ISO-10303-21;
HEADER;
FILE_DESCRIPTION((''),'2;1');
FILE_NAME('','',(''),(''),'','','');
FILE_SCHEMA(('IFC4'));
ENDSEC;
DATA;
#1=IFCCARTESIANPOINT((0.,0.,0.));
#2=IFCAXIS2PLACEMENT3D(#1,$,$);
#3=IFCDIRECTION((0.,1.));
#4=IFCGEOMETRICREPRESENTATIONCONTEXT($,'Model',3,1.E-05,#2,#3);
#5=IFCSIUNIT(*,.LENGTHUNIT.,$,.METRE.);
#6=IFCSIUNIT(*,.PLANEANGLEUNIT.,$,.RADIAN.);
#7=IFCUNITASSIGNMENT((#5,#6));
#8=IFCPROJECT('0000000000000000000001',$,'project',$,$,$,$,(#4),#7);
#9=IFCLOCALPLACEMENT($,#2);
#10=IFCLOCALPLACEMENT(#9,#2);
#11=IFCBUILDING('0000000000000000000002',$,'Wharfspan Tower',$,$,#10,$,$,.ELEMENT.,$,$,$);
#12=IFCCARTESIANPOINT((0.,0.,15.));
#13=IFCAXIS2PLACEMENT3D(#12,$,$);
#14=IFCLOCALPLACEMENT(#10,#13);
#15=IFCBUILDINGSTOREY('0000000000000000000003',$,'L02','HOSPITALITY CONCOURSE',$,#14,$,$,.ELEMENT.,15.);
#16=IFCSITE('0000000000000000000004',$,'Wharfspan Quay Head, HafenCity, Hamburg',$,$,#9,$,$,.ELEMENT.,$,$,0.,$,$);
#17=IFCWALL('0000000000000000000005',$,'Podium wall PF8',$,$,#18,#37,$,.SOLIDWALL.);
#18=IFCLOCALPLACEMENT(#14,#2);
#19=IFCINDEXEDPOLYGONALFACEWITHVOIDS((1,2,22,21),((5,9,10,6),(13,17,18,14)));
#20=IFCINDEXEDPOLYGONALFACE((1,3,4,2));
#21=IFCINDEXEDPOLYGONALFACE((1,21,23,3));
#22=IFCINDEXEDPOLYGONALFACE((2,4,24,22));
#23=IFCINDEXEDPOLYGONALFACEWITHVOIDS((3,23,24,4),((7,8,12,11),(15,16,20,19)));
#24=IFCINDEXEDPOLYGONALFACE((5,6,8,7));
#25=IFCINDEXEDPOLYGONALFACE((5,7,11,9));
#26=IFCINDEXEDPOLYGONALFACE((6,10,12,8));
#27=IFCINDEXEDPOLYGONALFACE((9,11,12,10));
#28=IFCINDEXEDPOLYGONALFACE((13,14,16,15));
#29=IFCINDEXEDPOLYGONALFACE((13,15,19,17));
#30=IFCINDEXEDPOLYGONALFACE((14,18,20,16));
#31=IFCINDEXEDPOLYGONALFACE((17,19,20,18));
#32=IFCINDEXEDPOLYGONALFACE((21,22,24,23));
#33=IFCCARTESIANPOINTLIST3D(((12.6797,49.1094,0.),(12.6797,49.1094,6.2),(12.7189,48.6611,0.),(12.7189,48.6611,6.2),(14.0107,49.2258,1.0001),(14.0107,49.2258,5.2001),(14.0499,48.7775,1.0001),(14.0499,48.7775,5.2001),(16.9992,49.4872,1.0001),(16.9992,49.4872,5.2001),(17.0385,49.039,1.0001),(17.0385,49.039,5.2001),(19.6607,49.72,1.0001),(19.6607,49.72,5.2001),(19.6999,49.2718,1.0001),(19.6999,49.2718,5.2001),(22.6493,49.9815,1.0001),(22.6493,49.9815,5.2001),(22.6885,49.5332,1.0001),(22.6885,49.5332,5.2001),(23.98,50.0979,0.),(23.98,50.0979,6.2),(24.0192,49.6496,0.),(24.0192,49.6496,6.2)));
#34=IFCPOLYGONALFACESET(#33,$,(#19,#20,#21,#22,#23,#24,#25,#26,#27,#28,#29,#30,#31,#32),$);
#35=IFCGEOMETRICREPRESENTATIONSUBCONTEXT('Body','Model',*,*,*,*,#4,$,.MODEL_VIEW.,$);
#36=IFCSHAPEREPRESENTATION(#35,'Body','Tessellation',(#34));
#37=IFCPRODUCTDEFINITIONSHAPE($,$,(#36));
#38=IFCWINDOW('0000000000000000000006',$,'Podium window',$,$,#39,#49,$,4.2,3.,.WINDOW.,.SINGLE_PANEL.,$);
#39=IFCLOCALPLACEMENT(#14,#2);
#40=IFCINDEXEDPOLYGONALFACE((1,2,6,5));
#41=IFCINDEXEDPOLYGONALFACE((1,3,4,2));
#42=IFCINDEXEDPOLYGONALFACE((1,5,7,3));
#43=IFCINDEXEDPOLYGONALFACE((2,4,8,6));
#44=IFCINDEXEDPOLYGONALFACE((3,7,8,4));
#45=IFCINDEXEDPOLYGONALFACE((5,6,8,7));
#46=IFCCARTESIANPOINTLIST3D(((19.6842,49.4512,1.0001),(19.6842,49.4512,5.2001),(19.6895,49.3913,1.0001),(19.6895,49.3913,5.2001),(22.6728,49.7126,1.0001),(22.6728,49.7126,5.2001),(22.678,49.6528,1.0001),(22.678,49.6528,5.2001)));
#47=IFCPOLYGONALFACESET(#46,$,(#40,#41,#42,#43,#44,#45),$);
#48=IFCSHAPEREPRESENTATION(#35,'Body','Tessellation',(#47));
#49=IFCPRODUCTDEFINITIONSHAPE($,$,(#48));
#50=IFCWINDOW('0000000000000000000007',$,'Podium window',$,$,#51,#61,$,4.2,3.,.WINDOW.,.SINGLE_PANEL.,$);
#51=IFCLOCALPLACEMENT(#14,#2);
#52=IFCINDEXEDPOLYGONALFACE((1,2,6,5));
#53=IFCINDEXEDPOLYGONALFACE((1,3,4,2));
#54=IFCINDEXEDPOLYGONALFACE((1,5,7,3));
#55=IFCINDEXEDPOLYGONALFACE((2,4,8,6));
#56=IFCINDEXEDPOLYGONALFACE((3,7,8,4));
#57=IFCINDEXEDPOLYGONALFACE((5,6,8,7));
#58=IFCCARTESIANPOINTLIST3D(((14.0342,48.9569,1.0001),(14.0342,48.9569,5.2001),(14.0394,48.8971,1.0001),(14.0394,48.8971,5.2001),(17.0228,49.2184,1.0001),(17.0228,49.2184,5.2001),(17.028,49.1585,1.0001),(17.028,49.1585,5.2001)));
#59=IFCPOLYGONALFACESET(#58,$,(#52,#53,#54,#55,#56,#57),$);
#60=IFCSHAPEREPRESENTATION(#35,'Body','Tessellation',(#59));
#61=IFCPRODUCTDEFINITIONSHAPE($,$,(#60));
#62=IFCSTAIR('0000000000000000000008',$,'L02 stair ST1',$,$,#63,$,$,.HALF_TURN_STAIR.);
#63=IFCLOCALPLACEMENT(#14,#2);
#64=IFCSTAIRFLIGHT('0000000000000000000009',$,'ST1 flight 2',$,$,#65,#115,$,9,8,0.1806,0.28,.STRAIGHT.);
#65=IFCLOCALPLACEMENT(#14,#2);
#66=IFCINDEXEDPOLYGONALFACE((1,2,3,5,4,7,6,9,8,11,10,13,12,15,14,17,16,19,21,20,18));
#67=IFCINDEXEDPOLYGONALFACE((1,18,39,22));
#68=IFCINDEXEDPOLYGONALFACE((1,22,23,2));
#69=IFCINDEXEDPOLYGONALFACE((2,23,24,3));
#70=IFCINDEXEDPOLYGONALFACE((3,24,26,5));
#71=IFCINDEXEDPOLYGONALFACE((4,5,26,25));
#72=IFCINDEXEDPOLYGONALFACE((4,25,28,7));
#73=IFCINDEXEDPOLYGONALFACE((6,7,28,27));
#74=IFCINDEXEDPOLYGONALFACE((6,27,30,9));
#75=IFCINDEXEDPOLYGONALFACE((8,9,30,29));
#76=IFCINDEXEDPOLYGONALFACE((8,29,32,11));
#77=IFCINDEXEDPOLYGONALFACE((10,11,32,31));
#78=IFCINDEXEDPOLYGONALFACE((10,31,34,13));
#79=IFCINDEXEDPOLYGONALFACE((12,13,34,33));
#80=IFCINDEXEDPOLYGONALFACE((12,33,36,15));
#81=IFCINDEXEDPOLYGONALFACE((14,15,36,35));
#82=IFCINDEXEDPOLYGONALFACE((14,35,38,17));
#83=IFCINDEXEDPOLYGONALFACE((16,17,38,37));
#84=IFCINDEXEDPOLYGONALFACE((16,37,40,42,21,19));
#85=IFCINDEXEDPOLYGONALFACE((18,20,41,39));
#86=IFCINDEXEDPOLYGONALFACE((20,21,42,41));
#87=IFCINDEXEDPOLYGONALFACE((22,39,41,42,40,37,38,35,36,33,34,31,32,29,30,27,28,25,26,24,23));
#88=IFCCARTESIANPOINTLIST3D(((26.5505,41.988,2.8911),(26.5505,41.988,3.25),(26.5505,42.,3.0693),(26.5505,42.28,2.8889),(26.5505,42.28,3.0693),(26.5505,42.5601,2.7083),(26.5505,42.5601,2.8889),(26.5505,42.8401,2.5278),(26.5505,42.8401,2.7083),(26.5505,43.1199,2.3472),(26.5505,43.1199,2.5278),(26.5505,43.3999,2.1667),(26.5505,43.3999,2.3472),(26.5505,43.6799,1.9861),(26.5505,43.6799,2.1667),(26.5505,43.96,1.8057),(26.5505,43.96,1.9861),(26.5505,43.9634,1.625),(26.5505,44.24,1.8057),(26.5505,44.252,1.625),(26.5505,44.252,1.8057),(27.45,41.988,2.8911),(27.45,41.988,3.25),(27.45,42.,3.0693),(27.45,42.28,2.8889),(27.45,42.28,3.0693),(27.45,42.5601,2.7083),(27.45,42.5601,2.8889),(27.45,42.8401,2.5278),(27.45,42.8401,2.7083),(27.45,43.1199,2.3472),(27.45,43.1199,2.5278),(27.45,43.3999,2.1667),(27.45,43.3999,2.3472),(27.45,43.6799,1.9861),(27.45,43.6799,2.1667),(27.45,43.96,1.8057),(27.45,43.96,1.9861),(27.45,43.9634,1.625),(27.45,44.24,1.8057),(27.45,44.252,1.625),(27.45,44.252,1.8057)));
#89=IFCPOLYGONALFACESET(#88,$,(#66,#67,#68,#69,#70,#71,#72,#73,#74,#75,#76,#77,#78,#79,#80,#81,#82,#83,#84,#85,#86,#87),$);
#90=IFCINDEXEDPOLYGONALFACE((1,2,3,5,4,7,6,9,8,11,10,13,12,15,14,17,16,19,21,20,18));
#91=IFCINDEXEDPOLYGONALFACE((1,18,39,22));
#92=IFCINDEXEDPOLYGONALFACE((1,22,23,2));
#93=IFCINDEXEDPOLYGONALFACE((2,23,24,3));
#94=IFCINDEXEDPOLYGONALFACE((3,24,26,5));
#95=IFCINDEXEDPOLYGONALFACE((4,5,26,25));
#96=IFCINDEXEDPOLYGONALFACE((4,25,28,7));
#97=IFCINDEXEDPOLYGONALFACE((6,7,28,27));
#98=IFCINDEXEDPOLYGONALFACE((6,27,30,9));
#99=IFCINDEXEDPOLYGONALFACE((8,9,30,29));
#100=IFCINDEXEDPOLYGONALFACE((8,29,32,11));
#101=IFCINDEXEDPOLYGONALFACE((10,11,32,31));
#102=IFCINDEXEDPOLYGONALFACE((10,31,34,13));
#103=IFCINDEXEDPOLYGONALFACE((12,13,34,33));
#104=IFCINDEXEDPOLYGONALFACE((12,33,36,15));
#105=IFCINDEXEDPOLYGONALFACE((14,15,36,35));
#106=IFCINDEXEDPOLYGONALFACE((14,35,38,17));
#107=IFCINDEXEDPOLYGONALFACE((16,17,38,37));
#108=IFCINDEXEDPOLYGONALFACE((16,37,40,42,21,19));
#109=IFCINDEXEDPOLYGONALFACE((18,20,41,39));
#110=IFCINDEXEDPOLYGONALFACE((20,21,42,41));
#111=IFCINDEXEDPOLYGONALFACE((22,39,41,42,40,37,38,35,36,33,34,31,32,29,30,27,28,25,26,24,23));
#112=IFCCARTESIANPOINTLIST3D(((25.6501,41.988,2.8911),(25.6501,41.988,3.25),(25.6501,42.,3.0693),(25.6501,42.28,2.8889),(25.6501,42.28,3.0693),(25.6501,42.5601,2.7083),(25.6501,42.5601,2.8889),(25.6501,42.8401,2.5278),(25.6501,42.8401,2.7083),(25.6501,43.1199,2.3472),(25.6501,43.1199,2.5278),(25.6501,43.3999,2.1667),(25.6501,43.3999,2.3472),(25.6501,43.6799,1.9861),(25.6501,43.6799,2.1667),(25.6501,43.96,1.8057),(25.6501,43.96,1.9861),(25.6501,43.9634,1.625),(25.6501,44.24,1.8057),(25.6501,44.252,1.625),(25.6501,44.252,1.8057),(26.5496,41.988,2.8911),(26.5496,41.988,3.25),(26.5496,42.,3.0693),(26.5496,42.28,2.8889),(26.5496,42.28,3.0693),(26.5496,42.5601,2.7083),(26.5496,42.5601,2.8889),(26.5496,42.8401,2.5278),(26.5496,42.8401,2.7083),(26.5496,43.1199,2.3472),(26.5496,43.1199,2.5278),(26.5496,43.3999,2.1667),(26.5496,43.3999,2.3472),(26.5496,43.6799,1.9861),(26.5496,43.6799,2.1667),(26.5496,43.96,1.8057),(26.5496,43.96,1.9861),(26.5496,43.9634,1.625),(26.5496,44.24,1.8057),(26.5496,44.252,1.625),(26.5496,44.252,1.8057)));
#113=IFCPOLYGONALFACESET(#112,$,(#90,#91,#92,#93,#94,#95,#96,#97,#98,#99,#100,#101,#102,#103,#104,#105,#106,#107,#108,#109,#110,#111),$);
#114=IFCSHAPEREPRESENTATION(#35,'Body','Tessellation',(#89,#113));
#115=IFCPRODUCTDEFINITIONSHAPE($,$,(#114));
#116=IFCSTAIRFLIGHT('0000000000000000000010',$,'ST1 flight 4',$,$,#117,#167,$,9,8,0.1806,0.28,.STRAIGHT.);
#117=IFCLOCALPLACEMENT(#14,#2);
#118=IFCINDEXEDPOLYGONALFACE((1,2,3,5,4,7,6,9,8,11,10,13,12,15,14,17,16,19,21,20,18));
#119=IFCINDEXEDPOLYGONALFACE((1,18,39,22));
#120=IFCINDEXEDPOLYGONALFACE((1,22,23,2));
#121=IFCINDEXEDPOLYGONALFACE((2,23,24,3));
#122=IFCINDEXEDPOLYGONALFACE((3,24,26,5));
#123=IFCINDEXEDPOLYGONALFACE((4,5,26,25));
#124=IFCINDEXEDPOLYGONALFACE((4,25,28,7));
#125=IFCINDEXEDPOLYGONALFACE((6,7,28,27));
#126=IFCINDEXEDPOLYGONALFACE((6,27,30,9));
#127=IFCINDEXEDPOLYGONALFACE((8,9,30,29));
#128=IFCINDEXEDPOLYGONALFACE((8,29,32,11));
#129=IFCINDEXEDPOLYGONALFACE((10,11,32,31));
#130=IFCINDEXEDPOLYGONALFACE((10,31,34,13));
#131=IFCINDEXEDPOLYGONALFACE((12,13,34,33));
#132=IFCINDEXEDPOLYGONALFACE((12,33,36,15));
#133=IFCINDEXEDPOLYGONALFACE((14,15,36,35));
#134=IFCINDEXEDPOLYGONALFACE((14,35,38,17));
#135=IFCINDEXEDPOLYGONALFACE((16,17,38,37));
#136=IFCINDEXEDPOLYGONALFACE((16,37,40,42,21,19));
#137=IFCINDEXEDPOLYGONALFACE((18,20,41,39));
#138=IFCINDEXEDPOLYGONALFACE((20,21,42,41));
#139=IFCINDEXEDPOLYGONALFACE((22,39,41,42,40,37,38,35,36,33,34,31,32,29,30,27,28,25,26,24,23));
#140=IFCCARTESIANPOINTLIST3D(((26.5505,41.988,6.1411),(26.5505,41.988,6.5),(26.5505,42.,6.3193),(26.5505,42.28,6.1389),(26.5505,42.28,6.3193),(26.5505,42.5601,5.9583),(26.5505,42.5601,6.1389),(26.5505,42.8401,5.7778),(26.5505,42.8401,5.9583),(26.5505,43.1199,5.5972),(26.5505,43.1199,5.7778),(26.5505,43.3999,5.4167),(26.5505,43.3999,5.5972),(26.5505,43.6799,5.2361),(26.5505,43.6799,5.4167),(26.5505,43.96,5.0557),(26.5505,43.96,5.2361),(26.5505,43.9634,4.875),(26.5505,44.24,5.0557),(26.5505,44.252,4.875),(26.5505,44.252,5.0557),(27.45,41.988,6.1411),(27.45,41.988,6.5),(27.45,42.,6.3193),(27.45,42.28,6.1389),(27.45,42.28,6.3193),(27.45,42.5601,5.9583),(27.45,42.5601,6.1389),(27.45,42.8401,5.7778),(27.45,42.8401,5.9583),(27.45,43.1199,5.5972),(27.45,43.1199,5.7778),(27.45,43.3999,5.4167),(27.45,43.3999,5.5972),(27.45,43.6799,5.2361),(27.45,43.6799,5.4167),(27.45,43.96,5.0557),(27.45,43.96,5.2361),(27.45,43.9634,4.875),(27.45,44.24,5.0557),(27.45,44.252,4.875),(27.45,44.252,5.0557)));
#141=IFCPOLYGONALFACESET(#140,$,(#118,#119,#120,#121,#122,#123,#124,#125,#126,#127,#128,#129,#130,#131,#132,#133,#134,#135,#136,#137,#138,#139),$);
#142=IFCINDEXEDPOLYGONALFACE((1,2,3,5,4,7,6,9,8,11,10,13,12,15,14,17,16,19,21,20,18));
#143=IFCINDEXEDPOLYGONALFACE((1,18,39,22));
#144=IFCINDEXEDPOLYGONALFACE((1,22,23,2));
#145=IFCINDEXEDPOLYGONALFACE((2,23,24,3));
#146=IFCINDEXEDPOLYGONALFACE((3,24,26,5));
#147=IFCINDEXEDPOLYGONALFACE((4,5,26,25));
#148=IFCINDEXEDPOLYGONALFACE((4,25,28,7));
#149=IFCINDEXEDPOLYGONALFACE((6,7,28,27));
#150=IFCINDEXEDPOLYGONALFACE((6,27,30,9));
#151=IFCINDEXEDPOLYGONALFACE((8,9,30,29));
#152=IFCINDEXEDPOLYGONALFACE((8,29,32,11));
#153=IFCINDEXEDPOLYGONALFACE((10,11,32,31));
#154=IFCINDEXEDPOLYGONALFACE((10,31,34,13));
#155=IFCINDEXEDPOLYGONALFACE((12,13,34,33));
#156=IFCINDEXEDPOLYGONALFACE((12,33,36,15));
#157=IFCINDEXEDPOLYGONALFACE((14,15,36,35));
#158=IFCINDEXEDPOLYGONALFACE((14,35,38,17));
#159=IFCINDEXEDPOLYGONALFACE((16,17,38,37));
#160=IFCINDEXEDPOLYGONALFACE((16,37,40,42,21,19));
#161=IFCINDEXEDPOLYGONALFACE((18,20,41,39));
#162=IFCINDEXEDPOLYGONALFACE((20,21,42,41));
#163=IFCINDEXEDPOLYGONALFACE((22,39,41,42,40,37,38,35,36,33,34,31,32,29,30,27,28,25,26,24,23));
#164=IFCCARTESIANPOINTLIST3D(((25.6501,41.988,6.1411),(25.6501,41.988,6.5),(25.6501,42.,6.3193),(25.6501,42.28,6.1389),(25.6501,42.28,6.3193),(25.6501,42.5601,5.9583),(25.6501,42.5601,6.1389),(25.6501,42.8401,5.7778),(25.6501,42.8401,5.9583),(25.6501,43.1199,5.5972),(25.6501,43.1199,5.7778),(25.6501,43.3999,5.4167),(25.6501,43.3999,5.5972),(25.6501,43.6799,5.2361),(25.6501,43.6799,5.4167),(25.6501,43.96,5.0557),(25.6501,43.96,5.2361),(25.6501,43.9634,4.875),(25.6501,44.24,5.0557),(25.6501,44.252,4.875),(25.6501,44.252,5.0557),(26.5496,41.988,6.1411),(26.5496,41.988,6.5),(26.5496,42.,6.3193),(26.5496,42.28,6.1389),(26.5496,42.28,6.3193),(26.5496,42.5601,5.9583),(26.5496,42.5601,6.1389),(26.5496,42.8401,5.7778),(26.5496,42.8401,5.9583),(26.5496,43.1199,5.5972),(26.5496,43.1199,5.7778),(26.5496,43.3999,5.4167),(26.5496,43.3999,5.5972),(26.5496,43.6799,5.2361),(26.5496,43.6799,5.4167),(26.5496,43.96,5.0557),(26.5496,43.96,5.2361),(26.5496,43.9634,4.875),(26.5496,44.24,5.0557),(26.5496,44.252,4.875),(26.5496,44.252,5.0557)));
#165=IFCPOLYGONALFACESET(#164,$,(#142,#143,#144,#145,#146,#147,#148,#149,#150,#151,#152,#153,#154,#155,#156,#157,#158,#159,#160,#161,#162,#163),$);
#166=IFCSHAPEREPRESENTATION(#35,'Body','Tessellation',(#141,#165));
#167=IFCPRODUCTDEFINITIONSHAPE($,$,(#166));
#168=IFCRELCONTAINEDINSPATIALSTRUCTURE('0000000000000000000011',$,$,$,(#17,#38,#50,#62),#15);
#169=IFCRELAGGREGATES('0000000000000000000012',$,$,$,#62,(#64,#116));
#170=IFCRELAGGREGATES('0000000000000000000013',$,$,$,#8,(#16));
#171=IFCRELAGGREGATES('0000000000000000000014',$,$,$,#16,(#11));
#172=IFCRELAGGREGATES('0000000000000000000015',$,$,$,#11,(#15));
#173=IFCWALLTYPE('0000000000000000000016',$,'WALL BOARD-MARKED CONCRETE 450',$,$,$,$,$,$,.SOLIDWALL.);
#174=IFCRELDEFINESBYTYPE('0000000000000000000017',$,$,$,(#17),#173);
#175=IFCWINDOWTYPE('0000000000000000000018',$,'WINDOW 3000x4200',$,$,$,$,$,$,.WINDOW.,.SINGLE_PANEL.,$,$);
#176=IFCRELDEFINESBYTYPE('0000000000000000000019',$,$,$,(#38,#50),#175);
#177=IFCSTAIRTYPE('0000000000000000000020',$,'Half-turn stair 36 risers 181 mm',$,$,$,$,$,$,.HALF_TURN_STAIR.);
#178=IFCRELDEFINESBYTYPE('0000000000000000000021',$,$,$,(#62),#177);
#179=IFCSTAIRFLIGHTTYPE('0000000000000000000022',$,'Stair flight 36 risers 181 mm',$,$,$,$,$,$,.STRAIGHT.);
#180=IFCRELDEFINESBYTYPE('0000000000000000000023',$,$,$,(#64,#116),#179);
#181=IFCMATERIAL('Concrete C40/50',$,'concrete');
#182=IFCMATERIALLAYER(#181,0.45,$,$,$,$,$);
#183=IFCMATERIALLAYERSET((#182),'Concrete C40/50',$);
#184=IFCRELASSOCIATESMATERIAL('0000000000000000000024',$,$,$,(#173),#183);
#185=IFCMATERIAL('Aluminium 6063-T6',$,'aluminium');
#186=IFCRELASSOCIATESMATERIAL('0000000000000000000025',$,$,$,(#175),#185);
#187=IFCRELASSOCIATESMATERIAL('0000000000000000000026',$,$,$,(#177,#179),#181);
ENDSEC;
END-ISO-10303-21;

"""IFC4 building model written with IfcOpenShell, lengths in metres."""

from ifc_helpers import new_model, si_unit, direction, frame, frame_2d, origin, place, context, subcontext, project, spatial, polyline, rectangle, outline, extrude, material, layer, layer_set, type_object, element, fill, aggregate, save


model = new_model("IFC4")

# Units and contexts
model_context = context("Model", 3, precision=1e-05, world=origin(), true_north=direction((0.0, 1.0)))
body_context = subcontext(model_context, "Body", "Model", "MODEL_VIEW")
ifc_project = project(units=[si_unit("LENGTHUNIT", "METRE"), si_unit("PLANEANGLEUNIT", "RADIAN")], contexts=[model_context])

# Site, building, storey
site_placement = place(None, origin())
site = spatial("IfcSite", under=ifc_project, at=site_placement, Name="Wharfspan Quay Head, HafenCity, Hamburg", CompositionType="ELEMENT", RefElevation=0.0)
building_placement = place(site_placement, origin())
building = spatial("IfcBuilding", under=site, at=building_placement, Name="Wharfspan Tower", CompositionType="ELEMENT")
storey_placement = place(building_placement, frame((0.0, 0.0, 15.0)))
storey = spatial("IfcBuildingStorey", under=building, at=storey_placement, Name="L02", Description="HOSPITALITY CONCOURSE", CompositionType="ELEMENT", Elevation=15.0)

# Shared definitions
ifc_material_1 = material(Name="Concrete C40/50", Category="concrete")

# Wall, openings, windows
ifc_layer_1 = layer(ifc_material_1, 0.45)
ifc_layer_set_1 = layer_set([ifc_layer_1], Name="Concrete C40/50")
wall_type_1 = type_object("IfcWallType", Name="WALL BOARD-MARKED CONCRETE 450", PredefinedType="SOLIDWALL", material=ifc_layer_set_1)
wall_1_placement = place(storey_placement, frame((23.9998, 49.8738, 0.0), z_axis=(0.0, 0.0, 1.0), x_axis=(-0.996195, -0.087145, 0.0)))
wall_1 = element("IfcWall", 1, at=wall_1_placement, inside=storey, type_object=wall_type_1, Name="Podium wall PF8", PredefinedType="SOLIDWALL", context=body_context, shape_type="SweptSolid", body=[
    extrude(rectangle(XDim=11.3435, YDim=0.45, at=frame_2d((5.6719, 0.0))), origin(), (0.0, 0.0, 1.0), 6.2),
])
opening_1_placement = place(wall_1_placement, frame((1.3359, 0.0, 1.0)))
opening_1 = element("IfcOpeningElement", 2, at=opening_1_placement, cuts=wall_1, PredefinedType="OPENING", context=body_context, shape_type="SweptSolid", body=[
    extrude(rectangle(XDim=3.0, YDim=4.2, at=frame_2d((1.5, 2.1001))), frame((0.0, 0.2349, 0.0), z_axis=(0.0, -1.0, 0.0), x_axis=(1.0, 0.0, 0.0)), (0.0, 0.0, 1.0), 0.47),
])
opening_2_placement = place(wall_1_placement, frame((7.0076, 0.0, 1.0)))
opening_2 = element("IfcOpeningElement", 3, at=opening_2_placement, cuts=wall_1, PredefinedType="OPENING", context=body_context, shape_type="SweptSolid", body=[
    extrude(rectangle(XDim=3.0, YDim=4.2, at=frame_2d((1.5, 2.1001))), frame((0.0, 0.2349, 0.0), z_axis=(0.0, -1.0, 0.0), x_axis=(1.0, 0.0, 0.0)), (0.0, 0.0, 1.0), 0.47),
])
ifc_material_2 = material(Name="Aluminium 6063-T6", Category="aluminium")
window_type = type_object("IfcWindowType", Name="WINDOW 3000x4200", PartitioningType="SINGLE_PANEL", PredefinedType="WINDOW", material=ifc_material_2)
window_1_placement = place(opening_1_placement, origin())
window_1 = element("IfcWindow", 4, at=window_1_placement, inside=storey, type_object=window_type, Name="Podium window", OverallHeight=4.2, OverallWidth=3.0, PartitioningType="SINGLE_PANEL", PredefinedType="WINDOW", context=body_context, shape_type="SweptSolid", body=[
    extrude(rectangle(XDim=3.0, YDim=4.2, at=frame_2d((1.5, 2.1001))), frame((0.0, 0.105, 0.0), z_axis=(0.0, -1.0, 0.0), x_axis=(1.0, 0.0, 0.0)), (0.0, 0.0, 1.0), 0.0601),
])
fill(opening_1, window_1)
window_2_placement = place(opening_2_placement, origin())
window_2 = element("IfcWindow", 5, at=window_2_placement, inside=storey, type_object=window_type, Name="Podium window", OverallHeight=4.2, OverallWidth=3.0, PartitioningType="SINGLE_PANEL", PredefinedType="WINDOW", context=body_context, shape_type="SweptSolid", body=[
    extrude(rectangle(XDim=3.0, YDim=4.2, at=frame_2d((1.5, 2.1001))), frame((0.0, 0.105, 0.0), z_axis=(0.0, -1.0, 0.0), x_axis=(1.0, 0.0, 0.0)), (0.0, 0.0, 1.0), 0.0601),
])
fill(opening_2, window_2)

# Stair, stair flights
stair_type = type_object("IfcStairType", Name="Half-turn stair 36 risers 181 mm", PredefinedType="HALF_TURN_STAIR", material=ifc_material_1)
stair_placement = place(storey_placement, origin())
stair = element("IfcStair", 6, at=stair_placement, inside=storey, type_object=stair_type, Name="L02 stair ST1", PredefinedType="HALF_TURN_STAIR")
stair_flight_type = type_object("IfcStairFlightType", Name="Stair flight 36 risers 181 mm", PredefinedType="STRAIGHT", material=ifc_material_1)
stair_flight_1_placement = place(storey_placement, frame((26.55, 44.24, 1.625), z_axis=(0.0, 0.0, 1.0), x_axis=(0.0, -1.0, 0.0)))
stair_flight_1 = element("IfcStairFlight", 7, at=stair_flight_1_placement, type_object=stair_flight_type, Name="ST1 flight 2", NumberOfRisers=9, NumberOfTreads=8, PredefinedType="STRAIGHT", RiserHeight=0.1806, TreadLength=0.28, context=body_context, shape_type="SweptSolid", body=[
    extrude(outline(polyline([(-0.012, 0.0), (-0.012, 0.1807), (0.0, 0.1807), (0.28, 0.1807), (0.28, 0.3611), (0.5601, 0.3611), (0.5601, 0.5417), (0.8401, 0.5417), (0.8401, 0.7222), (1.1201, 0.7222), (1.1201, 0.9028), (1.3999, 0.9028), (1.3999, 1.0833), (1.6799, 1.0833), (1.6799, 1.2639), (1.96, 1.2639), (1.96, 1.4443), (2.24, 1.4443), (2.252, 1.625), (2.252, 1.2661), (0.2766, 0.0), (-0.012, 0.0)])), frame((0.0, 0.8999, 0.0), z_axis=(0.0, -1.0, 0.0), x_axis=(1.0, 0.0, 0.0)), (0.0, 0.0, 1.0), 0.8994),
    extrude(outline(polyline([(-0.012, 0.0), (-0.012, 0.1807), (0.0, 0.1807), (0.28, 0.1807), (0.28, 0.3611), (0.5601, 0.3611), (0.5601, 0.5417), (0.8401, 0.5417), (0.8401, 0.7222), (1.1201, 0.7222), (1.1201, 0.9028), (1.3999, 0.9028), (1.3999, 1.0833), (1.6799, 1.0833), (1.6799, 1.2639), (1.96, 1.2639), (1.96, 1.4443), (2.24, 1.4443), (2.252, 1.625), (2.252, 1.2661), (0.2766, 0.0), (-0.012, 0.0)])), frame((0.0, -0.0005, 0.0), z_axis=(0.0, -1.0, 0.0), x_axis=(1.0, 0.0, 0.0)), (0.0, 0.0, 1.0), 0.8994),
])
stair_flight_2_placement = place(storey_placement, frame((26.55, 44.24, 4.875), z_axis=(0.0, 0.0, 1.0), x_axis=(0.0, -1.0, 0.0)))
stair_flight_2 = element("IfcStairFlight", 8, at=stair_flight_2_placement, type_object=stair_flight_type, Name="ST1 flight 4", NumberOfRisers=9, NumberOfTreads=8, PredefinedType="STRAIGHT", RiserHeight=0.1806, TreadLength=0.28, context=body_context, shape_type="SweptSolid", body=[
    extrude(outline(polyline([(-0.012, 0.0), (-0.012, 0.1807), (0.0, 0.1807), (0.28, 0.1807), (0.28, 0.3611), (0.5601, 0.3611), (0.5601, 0.5417), (0.8401, 0.5417), (0.8401, 0.7222), (1.1201, 0.7222), (1.1201, 0.9028), (1.3999, 0.9028), (1.3999, 1.0833), (1.6799, 1.0833), (1.6799, 1.2639), (1.96, 1.2639), (1.96, 1.4443), (2.24, 1.4443), (2.252, 1.625), (2.252, 1.2661), (0.2766, 0.0), (-0.012, 0.0)])), frame((0.0, 0.8999, 0.0), z_axis=(0.0, -1.0, 0.0), x_axis=(1.0, 0.0, 0.0)), (0.0, 0.0, 1.0), 0.8994),
    extrude(outline(polyline([(-0.012, 0.0), (-0.012, 0.1807), (0.0, 0.1807), (0.28, 0.1807), (0.28, 0.3611), (0.5601, 0.3611), (0.5601, 0.5417), (0.8401, 0.5417), (0.8401, 0.7222), (1.1201, 0.7222), (1.1201, 0.9028), (1.3999, 0.9028), (1.3999, 1.0833), (1.6799, 1.0833), (1.6799, 1.2639), (1.96, 1.2639), (1.96, 1.4443), (2.24, 1.4443), (2.252, 1.625), (2.252, 1.2661), (0.2766, 0.0), (-0.012, 0.0)])), frame((0.0, -0.0005, 0.0), z_axis=(0.0, -1.0, 0.0), x_axis=(1.0, 0.0, 0.0)), (0.0, 0.0, 1.0), 0.8994),
])
aggregate(stair, [stair_flight_1, stair_flight_2])

save(model, "model.ifc")
